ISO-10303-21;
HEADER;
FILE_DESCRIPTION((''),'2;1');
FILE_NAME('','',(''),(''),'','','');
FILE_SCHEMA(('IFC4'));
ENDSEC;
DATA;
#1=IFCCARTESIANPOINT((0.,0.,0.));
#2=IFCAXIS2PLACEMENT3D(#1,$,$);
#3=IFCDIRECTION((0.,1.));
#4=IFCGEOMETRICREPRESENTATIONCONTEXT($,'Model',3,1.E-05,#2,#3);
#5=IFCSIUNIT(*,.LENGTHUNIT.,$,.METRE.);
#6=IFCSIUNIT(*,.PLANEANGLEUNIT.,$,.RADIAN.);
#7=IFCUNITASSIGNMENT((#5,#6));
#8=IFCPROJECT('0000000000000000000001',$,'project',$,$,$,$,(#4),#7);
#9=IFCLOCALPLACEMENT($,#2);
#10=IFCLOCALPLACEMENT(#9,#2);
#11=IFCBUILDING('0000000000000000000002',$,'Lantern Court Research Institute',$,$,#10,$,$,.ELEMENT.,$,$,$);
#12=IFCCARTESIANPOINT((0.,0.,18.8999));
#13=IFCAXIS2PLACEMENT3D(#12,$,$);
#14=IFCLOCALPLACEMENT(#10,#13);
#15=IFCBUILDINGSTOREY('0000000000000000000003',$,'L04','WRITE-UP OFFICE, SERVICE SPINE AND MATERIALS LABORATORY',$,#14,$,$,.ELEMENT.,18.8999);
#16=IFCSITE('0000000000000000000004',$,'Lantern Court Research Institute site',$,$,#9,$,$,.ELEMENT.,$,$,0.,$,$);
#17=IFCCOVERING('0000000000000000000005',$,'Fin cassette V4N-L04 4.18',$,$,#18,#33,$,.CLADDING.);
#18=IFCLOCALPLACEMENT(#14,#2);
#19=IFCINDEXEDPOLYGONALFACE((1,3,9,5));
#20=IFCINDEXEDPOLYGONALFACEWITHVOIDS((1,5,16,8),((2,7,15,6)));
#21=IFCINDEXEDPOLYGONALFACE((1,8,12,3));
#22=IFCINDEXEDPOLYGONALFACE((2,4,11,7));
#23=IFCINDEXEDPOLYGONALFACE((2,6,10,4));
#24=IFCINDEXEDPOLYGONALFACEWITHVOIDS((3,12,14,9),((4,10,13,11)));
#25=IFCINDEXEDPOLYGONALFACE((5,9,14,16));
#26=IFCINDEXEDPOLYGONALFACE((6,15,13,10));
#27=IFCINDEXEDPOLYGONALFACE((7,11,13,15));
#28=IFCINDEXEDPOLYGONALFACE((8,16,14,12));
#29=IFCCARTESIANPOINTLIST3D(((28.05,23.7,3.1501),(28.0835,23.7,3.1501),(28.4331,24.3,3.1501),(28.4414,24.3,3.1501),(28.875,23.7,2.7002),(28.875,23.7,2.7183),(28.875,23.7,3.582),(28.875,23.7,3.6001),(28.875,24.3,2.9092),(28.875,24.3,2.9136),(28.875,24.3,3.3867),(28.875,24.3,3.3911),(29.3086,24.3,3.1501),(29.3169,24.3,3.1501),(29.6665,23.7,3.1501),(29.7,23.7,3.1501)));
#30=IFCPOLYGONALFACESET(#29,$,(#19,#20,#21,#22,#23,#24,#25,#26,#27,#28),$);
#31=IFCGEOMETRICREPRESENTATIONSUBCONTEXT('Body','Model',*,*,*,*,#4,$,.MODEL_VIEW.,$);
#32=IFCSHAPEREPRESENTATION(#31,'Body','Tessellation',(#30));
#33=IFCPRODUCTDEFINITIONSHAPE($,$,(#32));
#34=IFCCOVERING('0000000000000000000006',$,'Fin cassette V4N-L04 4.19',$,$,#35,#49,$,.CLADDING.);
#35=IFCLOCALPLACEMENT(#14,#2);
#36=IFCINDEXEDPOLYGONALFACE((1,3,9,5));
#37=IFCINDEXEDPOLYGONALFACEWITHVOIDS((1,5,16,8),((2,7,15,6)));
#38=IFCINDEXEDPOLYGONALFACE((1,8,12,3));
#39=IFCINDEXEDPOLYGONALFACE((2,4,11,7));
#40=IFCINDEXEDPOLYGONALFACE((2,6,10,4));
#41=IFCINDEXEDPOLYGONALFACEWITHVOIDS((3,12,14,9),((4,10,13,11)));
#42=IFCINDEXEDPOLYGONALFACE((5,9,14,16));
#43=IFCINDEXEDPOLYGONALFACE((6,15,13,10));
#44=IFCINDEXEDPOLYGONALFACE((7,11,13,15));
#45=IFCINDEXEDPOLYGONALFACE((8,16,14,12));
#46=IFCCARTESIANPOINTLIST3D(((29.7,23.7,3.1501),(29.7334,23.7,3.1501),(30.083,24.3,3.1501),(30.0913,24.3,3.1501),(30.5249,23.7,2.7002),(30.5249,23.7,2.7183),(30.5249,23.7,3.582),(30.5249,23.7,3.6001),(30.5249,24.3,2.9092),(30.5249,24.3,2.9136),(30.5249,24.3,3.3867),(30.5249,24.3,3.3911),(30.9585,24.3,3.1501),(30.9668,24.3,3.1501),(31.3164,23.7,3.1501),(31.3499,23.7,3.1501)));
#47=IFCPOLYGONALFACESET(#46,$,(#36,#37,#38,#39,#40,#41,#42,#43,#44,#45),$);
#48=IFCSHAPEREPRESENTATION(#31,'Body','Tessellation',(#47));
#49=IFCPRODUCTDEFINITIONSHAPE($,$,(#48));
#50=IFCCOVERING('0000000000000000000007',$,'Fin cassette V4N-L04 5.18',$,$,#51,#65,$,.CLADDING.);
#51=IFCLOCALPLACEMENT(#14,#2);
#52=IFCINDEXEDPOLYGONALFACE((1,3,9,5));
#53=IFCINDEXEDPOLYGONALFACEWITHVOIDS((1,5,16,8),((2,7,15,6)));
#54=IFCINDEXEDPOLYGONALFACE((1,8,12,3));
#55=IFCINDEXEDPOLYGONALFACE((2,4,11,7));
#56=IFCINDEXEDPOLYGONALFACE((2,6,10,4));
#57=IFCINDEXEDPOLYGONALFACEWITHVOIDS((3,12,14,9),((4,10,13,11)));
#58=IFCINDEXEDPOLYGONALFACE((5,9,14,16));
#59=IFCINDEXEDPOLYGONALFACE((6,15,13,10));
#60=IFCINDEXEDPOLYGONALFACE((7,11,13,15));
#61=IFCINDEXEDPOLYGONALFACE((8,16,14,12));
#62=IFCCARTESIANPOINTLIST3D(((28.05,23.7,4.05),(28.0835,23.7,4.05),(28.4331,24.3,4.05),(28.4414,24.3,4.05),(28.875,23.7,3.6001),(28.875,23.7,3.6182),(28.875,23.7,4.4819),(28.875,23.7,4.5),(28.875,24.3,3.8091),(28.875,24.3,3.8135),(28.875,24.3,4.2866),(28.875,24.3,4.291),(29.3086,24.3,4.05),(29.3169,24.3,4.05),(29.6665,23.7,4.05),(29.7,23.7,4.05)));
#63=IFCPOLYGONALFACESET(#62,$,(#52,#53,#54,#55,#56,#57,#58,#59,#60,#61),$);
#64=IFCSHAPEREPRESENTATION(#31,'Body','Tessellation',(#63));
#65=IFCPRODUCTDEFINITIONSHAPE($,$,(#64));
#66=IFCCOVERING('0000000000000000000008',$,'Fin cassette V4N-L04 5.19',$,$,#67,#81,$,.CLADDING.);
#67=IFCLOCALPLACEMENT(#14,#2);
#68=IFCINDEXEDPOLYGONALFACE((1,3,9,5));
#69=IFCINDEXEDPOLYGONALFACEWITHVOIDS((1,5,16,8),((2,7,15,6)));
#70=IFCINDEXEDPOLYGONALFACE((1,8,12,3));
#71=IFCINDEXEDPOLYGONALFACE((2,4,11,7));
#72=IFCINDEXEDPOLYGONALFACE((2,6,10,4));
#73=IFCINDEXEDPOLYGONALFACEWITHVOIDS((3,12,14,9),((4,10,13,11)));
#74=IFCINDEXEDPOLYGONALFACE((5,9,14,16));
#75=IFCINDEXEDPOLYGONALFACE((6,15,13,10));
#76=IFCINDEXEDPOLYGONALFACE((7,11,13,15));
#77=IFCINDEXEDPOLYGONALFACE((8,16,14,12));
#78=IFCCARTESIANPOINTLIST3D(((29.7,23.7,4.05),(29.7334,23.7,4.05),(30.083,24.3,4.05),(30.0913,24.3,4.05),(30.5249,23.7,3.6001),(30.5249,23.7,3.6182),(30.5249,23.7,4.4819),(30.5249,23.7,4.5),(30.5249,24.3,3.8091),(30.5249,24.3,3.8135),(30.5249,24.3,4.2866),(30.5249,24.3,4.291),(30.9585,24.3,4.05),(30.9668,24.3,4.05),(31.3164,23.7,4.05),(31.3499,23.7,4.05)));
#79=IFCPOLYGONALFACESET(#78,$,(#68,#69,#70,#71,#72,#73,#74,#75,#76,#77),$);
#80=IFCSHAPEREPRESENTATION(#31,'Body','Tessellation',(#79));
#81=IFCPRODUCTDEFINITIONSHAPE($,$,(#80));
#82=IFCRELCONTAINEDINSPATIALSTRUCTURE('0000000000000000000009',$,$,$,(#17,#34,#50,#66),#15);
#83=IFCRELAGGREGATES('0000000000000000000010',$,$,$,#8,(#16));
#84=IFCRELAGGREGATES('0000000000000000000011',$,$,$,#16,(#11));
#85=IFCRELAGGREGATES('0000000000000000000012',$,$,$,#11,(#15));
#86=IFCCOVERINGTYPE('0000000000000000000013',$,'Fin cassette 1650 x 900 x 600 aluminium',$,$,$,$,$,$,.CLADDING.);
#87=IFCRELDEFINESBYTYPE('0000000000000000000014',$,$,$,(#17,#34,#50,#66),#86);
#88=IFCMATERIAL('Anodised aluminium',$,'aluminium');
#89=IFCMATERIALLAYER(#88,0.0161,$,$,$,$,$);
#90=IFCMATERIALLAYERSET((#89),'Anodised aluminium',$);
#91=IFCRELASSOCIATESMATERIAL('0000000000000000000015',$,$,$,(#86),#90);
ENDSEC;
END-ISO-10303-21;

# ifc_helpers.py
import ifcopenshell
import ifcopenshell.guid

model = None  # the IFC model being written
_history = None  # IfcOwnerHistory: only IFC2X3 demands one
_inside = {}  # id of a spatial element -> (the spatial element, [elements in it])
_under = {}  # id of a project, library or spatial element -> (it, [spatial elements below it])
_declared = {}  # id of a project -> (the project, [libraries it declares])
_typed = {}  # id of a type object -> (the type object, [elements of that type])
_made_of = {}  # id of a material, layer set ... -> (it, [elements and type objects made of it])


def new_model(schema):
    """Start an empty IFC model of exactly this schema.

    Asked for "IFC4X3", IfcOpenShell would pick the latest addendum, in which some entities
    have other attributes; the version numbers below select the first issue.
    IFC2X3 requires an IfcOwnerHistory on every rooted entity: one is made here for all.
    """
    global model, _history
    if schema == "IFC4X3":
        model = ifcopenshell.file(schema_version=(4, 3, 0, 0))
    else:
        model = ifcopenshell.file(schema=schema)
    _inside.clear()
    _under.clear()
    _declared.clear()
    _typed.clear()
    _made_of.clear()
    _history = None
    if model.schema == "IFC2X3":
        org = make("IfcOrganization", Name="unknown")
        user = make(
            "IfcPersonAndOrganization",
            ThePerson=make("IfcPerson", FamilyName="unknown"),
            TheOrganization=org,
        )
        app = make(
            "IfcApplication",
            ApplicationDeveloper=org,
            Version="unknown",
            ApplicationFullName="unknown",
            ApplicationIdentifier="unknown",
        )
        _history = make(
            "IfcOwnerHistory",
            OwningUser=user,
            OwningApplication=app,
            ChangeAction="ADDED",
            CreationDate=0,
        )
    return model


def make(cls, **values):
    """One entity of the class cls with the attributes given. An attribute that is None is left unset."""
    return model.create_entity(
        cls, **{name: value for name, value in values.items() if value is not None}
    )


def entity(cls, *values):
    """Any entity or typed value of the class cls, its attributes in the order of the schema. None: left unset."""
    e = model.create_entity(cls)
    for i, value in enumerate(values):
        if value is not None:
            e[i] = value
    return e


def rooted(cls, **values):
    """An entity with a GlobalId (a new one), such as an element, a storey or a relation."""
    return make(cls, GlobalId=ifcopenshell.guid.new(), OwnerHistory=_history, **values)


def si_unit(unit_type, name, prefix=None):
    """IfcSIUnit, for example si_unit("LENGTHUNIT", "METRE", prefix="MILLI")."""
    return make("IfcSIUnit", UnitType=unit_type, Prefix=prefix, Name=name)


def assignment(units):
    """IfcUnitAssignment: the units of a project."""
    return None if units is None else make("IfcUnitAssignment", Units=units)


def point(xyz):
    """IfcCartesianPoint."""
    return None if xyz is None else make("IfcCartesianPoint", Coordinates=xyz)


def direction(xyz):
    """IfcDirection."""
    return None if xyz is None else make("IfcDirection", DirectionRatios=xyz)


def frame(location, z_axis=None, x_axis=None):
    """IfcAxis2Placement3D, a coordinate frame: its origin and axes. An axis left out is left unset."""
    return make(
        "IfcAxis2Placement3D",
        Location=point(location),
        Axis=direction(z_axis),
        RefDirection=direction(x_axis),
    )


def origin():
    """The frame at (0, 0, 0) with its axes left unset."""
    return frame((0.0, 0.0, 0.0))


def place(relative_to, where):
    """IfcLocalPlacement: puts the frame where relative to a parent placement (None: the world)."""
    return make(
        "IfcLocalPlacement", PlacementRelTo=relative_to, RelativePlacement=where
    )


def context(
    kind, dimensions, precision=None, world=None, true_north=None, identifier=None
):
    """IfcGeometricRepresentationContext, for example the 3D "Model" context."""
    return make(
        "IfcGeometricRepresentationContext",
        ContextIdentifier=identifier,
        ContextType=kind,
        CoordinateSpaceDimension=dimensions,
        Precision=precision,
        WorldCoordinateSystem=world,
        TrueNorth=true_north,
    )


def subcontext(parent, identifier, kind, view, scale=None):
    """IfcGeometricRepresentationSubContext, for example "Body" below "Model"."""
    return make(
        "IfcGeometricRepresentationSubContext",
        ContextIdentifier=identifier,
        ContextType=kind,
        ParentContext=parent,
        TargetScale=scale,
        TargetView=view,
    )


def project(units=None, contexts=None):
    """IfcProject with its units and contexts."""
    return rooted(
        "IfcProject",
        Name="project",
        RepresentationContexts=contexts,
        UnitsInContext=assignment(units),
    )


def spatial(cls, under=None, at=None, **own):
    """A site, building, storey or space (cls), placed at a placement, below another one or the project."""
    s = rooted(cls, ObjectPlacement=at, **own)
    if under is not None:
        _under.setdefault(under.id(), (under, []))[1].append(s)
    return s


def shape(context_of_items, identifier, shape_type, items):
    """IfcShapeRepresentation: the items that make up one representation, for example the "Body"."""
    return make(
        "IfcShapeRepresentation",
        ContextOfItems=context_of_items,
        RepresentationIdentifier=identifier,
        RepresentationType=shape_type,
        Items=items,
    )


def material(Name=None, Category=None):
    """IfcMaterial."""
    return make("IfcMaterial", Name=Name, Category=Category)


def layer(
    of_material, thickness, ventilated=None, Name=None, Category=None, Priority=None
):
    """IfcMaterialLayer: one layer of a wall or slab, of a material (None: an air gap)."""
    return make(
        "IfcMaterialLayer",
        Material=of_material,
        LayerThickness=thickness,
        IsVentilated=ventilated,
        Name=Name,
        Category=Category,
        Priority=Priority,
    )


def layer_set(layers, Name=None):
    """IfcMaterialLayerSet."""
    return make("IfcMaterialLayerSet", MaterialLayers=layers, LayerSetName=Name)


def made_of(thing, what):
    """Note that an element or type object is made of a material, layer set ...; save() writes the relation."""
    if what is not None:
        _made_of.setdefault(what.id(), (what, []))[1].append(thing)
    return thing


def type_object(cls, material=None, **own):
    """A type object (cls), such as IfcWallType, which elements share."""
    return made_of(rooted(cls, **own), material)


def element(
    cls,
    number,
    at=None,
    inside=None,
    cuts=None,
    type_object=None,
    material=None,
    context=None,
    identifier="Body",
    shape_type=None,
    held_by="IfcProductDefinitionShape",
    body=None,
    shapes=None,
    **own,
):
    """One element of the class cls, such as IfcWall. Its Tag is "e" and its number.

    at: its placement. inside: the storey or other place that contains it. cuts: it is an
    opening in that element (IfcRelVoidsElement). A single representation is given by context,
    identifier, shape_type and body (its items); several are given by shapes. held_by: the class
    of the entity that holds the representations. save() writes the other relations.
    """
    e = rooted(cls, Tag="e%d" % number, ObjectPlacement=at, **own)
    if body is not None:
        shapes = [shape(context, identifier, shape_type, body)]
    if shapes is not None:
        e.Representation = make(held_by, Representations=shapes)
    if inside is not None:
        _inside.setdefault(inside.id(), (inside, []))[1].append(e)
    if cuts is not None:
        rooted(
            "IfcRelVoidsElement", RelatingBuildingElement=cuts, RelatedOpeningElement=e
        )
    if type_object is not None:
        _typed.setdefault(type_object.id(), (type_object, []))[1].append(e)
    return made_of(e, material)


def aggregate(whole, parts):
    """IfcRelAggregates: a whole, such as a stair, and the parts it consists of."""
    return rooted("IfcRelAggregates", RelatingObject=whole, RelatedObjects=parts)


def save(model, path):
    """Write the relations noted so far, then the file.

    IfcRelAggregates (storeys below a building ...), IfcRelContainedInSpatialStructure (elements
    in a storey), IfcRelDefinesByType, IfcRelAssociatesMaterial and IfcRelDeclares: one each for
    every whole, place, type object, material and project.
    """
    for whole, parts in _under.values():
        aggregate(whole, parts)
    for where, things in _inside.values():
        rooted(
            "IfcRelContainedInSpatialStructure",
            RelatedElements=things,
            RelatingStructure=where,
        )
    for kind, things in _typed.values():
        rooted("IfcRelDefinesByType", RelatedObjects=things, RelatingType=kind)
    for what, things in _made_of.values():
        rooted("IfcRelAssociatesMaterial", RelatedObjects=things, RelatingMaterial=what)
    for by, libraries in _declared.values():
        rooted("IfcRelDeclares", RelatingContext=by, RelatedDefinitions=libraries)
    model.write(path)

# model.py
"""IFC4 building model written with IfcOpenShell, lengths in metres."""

from ifc_helpers import new_model, entity, si_unit, direction, frame, origin, place, context, subcontext, project, spatial, material, layer, layer_set, type_object, element, save


model = new_model("IFC4")

# Units and contexts
model_context = context("Model", 3, precision=1e-05, world=origin(), true_north=direction((0.0, 1.0)))
body_context = subcontext(model_context, "Body", "Model", "MODEL_VIEW")
ifc_project = project(units=[si_unit("LENGTHUNIT", "METRE"), si_unit("PLANEANGLEUNIT", "RADIAN")], contexts=[model_context])

# Site, building, storey
site_placement = place(None, origin())
site = spatial("IfcSite", under=ifc_project, at=site_placement, Name="Lantern Court Research Institute site", CompositionType="ELEMENT", RefElevation=0.0)
building_placement = place(site_placement, origin())
building = spatial("IfcBuilding", under=site, at=building_placement, Name="Lantern Court Research Institute", CompositionType="ELEMENT")
storey_placement = place(building_placement, frame((0.0, 0.0, 18.8999)))
storey = spatial("IfcBuildingStorey", under=building, at=storey_placement, Name="L04", Description="WRITE-UP OFFICE, SERVICE SPINE AND MATERIALS LABORATORY", CompositionType="ELEMENT", Elevation=18.8999)

# Coverings
ifc_material_1 = material(Name="Anodised aluminium", Category="aluminium")
ifc_layer_1 = layer(ifc_material_1, 0.0161)
ifc_layer_set_1 = layer_set([ifc_layer_1], Name="Anodised aluminium")
covering_type = type_object("IfcCoveringType", Name="Fin cassette 1650 x 900 x 600 aluminium", PredefinedType="CLADDING", material=ifc_layer_set_1)
covering_1_placement = place(storey_placement, frame((28.875, 23.7, 3.1501), z_axis=(0.0, 1.0, 0.0), x_axis=(-1.0, 0.0, 0.0)))
cartesian_point_1 = entity("IfcCartesianPoint", [0.825, 0.0])
cartesian_point_2 = entity("IfcCartesianPoint", [0.7915, 0.0])
cartesian_point_3 = entity("IfcCartesianPoint", [0.4419, 0.0])
cartesian_point_4 = entity("IfcCartesianPoint", [0.4336, 0.0])
element("IfcCovering", 1, at=covering_1_placement, inside=storey, type_object=covering_type, Name="Fin cassette V4N-L04 4.18", PredefinedType="CLADDING", context=body_context, shape_type="SweptSolid", body=[
    entity("IfcExtrudedAreaSolidTapered", entity("IfcArbitraryProfileDefWithVoids", "AREA", None, entity("IfcPolyline", [cartesian_point_1, entity("IfcCartesianPoint", [0.0, 0.45]), entity("IfcCartesianPoint", [-0.825, 0.0]), entity("IfcCartesianPoint", [0.0, -0.45]), cartesian_point_1]), [entity("IfcPolyline", [cartesian_point_2, entity("IfcCartesianPoint", [0.0, 0.4319]), entity("IfcCartesianPoint", [-0.7915, 0.0]), entity("IfcCartesianPoint", [0.0, -0.4319]), cartesian_point_2])]), entity("IfcAxis2Placement3D", entity("IfcCartesianPoint", [0.0, 0.0, 0.0])), entity("IfcDirection", [0.0, 0.0, 1.0]), 0.6001, entity("IfcArbitraryProfileDefWithVoids", "AREA", None, entity("IfcPolyline", [cartesian_point_3, entity("IfcCartesianPoint", [0.0, 0.241]), entity("IfcCartesianPoint", [-0.4419, 0.0]), entity("IfcCartesianPoint", [0.0, -0.241]), cartesian_point_3]), [entity("IfcPolyline", [cartesian_point_4, entity("IfcCartesianPoint", [0.0, 0.2366]), entity("IfcCartesianPoint", [-0.4336, 0.0]), entity("IfcCartesianPoint", [0.0, -0.2366]), cartesian_point_4])])),
])
covering_2_placement = place(storey_placement, frame((30.5249, 23.7, 3.1501), z_axis=(0.0, 1.0, 0.0), x_axis=(-1.0, 0.0, 0.0)))
cartesian_point_5 = entity("IfcCartesianPoint", [0.825, 0.0])
cartesian_point_6 = entity("IfcCartesianPoint", [0.7915, 0.0])
cartesian_point_7 = entity("IfcCartesianPoint", [0.4419, 0.0])
cartesian_point_8 = entity("IfcCartesianPoint", [0.4336, 0.0])
element("IfcCovering", 2, at=covering_2_placement, inside=storey, type_object=covering_type, Name="Fin cassette V4N-L04 4.19", PredefinedType="CLADDING", context=body_context, shape_type="SweptSolid", body=[
    entity("IfcExtrudedAreaSolidTapered", entity("IfcArbitraryProfileDefWithVoids", "AREA", None, entity("IfcPolyline", [cartesian_point_5, entity("IfcCartesianPoint", [0.0, 0.45]), entity("IfcCartesianPoint", [-0.825, 0.0]), entity("IfcCartesianPoint", [0.0, -0.45]), cartesian_point_5]), [entity("IfcPolyline", [cartesian_point_6, entity("IfcCartesianPoint", [0.0, 0.4319]), entity("IfcCartesianPoint", [-0.7915, 0.0]), entity("IfcCartesianPoint", [0.0, -0.4319]), cartesian_point_6])]), entity("IfcAxis2Placement3D", entity("IfcCartesianPoint", [0.0, 0.0, 0.0])), entity("IfcDirection", [0.0, 0.0, 1.0]), 0.6001, entity("IfcArbitraryProfileDefWithVoids", "AREA", None, entity("IfcPolyline", [cartesian_point_7, entity("IfcCartesianPoint", [0.0, 0.241]), entity("IfcCartesianPoint", [-0.4419, 0.0]), entity("IfcCartesianPoint", [0.0, -0.241]), cartesian_point_7]), [entity("IfcPolyline", [cartesian_point_8, entity("IfcCartesianPoint", [0.0, 0.2366]), entity("IfcCartesianPoint", [-0.4336, 0.0]), entity("IfcCartesianPoint", [0.0, -0.2366]), cartesian_point_8])])),
])
covering_3_placement = place(storey_placement, frame((28.875, 23.7, 4.05), z_axis=(0.0, 1.0, 0.0), x_axis=(-1.0, 0.0, 0.0)))
cartesian_point_9 = entity("IfcCartesianPoint", [0.825, 0.0])
cartesian_point_10 = entity("IfcCartesianPoint", [0.7915, 0.0])
cartesian_point_11 = entity("IfcCartesianPoint", [0.4419, 0.0])
cartesian_point_12 = entity("IfcCartesianPoint", [0.4336, 0.0])
element("IfcCovering", 3, at=covering_3_placement, inside=storey, type_object=covering_type, Name="Fin cassette V4N-L04 5.18", PredefinedType="CLADDING", context=body_context, shape_type="SweptSolid", body=[
    entity("IfcExtrudedAreaSolidTapered", entity("IfcArbitraryProfileDefWithVoids", "AREA", None, entity("IfcPolyline", [cartesian_point_9, entity("IfcCartesianPoint", [0.0, 0.45]), entity("IfcCartesianPoint", [-0.825, 0.0]), entity("IfcCartesianPoint", [0.0, -0.45]), cartesian_point_9]), [entity("IfcPolyline", [cartesian_point_10, entity("IfcCartesianPoint", [0.0, 0.4319]), entity("IfcCartesianPoint", [-0.7915, 0.0]), entity("IfcCartesianPoint", [0.0, -0.4319]), cartesian_point_10])]), entity("IfcAxis2Placement3D", entity("IfcCartesianPoint", [0.0, 0.0, 0.0])), entity("IfcDirection", [0.0, 0.0, 1.0]), 0.6001, entity("IfcArbitraryProfileDefWithVoids", "AREA", None, entity("IfcPolyline", [cartesian_point_11, entity("IfcCartesianPoint", [0.0, 0.241]), entity("IfcCartesianPoint", [-0.4419, 0.0]), entity("IfcCartesianPoint", [0.0, -0.241]), cartesian_point_11]), [entity("IfcPolyline", [cartesian_point_12, entity("IfcCartesianPoint", [0.0, 0.2366]), entity("IfcCartesianPoint", [-0.4336, 0.0]), entity("IfcCartesianPoint", [0.0, -0.2366]), cartesian_point_12])])),
])
covering_4_placement = place(storey_placement, frame((30.5249, 23.7, 4.05), z_axis=(0.0, 1.0, 0.0), x_axis=(-1.0, 0.0, 0.0)))
cartesian_point_13 = entity("IfcCartesianPoint", [0.825, 0.0])
cartesian_point_14 = entity("IfcCartesianPoint", [0.7915, 0.0])
cartesian_point_15 = entity("IfcCartesianPoint", [0.4419, 0.0])
cartesian_point_16 = entity("IfcCartesianPoint", [0.4336, 0.0])
element("IfcCovering", 4, at=covering_4_placement, inside=storey, type_object=covering_type, Name="Fin cassette V4N-L04 5.19", PredefinedType="CLADDING", context=body_context, shape_type="SweptSolid", body=[
    entity("IfcExtrudedAreaSolidTapered", entity("IfcArbitraryProfileDefWithVoids", "AREA", None, entity("IfcPolyline", [cartesian_point_13, entity("IfcCartesianPoint", [0.0, 0.45]), entity("IfcCartesianPoint", [-0.825, 0.0]), entity("IfcCartesianPoint", [0.0, -0.45]), cartesian_point_13]), [entity("IfcPolyline", [cartesian_point_14, entity("IfcCartesianPoint", [0.0, 0.4319]), entity("IfcCartesianPoint", [-0.7915, 0.0]), entity("IfcCartesianPoint", [0.0, -0.4319]), cartesian_point_14])]), entity("IfcAxis2Placement3D", entity("IfcCartesianPoint", [0.0, 0.0, 0.0])), entity("IfcDirection", [0.0, 0.0, 1.0]), 0.6001, entity("IfcArbitraryProfileDefWithVoids", "AREA", None, entity("IfcPolyline", [cartesian_point_15, entity("IfcCartesianPoint", [0.0, 0.241]), entity("IfcCartesianPoint", [-0.4419, 0.0]), entity("IfcCartesianPoint", [0.0, -0.241]), cartesian_point_15]), [entity("IfcPolyline", [cartesian_point_16, entity("IfcCartesianPoint", [0.0, 0.2366]), entity("IfcCartesianPoint", [-0.4336, 0.0]), entity("IfcCartesianPoint", [0.0, -0.2366]), cartesian_point_16])])),
])

save(model, "model.ifc")
